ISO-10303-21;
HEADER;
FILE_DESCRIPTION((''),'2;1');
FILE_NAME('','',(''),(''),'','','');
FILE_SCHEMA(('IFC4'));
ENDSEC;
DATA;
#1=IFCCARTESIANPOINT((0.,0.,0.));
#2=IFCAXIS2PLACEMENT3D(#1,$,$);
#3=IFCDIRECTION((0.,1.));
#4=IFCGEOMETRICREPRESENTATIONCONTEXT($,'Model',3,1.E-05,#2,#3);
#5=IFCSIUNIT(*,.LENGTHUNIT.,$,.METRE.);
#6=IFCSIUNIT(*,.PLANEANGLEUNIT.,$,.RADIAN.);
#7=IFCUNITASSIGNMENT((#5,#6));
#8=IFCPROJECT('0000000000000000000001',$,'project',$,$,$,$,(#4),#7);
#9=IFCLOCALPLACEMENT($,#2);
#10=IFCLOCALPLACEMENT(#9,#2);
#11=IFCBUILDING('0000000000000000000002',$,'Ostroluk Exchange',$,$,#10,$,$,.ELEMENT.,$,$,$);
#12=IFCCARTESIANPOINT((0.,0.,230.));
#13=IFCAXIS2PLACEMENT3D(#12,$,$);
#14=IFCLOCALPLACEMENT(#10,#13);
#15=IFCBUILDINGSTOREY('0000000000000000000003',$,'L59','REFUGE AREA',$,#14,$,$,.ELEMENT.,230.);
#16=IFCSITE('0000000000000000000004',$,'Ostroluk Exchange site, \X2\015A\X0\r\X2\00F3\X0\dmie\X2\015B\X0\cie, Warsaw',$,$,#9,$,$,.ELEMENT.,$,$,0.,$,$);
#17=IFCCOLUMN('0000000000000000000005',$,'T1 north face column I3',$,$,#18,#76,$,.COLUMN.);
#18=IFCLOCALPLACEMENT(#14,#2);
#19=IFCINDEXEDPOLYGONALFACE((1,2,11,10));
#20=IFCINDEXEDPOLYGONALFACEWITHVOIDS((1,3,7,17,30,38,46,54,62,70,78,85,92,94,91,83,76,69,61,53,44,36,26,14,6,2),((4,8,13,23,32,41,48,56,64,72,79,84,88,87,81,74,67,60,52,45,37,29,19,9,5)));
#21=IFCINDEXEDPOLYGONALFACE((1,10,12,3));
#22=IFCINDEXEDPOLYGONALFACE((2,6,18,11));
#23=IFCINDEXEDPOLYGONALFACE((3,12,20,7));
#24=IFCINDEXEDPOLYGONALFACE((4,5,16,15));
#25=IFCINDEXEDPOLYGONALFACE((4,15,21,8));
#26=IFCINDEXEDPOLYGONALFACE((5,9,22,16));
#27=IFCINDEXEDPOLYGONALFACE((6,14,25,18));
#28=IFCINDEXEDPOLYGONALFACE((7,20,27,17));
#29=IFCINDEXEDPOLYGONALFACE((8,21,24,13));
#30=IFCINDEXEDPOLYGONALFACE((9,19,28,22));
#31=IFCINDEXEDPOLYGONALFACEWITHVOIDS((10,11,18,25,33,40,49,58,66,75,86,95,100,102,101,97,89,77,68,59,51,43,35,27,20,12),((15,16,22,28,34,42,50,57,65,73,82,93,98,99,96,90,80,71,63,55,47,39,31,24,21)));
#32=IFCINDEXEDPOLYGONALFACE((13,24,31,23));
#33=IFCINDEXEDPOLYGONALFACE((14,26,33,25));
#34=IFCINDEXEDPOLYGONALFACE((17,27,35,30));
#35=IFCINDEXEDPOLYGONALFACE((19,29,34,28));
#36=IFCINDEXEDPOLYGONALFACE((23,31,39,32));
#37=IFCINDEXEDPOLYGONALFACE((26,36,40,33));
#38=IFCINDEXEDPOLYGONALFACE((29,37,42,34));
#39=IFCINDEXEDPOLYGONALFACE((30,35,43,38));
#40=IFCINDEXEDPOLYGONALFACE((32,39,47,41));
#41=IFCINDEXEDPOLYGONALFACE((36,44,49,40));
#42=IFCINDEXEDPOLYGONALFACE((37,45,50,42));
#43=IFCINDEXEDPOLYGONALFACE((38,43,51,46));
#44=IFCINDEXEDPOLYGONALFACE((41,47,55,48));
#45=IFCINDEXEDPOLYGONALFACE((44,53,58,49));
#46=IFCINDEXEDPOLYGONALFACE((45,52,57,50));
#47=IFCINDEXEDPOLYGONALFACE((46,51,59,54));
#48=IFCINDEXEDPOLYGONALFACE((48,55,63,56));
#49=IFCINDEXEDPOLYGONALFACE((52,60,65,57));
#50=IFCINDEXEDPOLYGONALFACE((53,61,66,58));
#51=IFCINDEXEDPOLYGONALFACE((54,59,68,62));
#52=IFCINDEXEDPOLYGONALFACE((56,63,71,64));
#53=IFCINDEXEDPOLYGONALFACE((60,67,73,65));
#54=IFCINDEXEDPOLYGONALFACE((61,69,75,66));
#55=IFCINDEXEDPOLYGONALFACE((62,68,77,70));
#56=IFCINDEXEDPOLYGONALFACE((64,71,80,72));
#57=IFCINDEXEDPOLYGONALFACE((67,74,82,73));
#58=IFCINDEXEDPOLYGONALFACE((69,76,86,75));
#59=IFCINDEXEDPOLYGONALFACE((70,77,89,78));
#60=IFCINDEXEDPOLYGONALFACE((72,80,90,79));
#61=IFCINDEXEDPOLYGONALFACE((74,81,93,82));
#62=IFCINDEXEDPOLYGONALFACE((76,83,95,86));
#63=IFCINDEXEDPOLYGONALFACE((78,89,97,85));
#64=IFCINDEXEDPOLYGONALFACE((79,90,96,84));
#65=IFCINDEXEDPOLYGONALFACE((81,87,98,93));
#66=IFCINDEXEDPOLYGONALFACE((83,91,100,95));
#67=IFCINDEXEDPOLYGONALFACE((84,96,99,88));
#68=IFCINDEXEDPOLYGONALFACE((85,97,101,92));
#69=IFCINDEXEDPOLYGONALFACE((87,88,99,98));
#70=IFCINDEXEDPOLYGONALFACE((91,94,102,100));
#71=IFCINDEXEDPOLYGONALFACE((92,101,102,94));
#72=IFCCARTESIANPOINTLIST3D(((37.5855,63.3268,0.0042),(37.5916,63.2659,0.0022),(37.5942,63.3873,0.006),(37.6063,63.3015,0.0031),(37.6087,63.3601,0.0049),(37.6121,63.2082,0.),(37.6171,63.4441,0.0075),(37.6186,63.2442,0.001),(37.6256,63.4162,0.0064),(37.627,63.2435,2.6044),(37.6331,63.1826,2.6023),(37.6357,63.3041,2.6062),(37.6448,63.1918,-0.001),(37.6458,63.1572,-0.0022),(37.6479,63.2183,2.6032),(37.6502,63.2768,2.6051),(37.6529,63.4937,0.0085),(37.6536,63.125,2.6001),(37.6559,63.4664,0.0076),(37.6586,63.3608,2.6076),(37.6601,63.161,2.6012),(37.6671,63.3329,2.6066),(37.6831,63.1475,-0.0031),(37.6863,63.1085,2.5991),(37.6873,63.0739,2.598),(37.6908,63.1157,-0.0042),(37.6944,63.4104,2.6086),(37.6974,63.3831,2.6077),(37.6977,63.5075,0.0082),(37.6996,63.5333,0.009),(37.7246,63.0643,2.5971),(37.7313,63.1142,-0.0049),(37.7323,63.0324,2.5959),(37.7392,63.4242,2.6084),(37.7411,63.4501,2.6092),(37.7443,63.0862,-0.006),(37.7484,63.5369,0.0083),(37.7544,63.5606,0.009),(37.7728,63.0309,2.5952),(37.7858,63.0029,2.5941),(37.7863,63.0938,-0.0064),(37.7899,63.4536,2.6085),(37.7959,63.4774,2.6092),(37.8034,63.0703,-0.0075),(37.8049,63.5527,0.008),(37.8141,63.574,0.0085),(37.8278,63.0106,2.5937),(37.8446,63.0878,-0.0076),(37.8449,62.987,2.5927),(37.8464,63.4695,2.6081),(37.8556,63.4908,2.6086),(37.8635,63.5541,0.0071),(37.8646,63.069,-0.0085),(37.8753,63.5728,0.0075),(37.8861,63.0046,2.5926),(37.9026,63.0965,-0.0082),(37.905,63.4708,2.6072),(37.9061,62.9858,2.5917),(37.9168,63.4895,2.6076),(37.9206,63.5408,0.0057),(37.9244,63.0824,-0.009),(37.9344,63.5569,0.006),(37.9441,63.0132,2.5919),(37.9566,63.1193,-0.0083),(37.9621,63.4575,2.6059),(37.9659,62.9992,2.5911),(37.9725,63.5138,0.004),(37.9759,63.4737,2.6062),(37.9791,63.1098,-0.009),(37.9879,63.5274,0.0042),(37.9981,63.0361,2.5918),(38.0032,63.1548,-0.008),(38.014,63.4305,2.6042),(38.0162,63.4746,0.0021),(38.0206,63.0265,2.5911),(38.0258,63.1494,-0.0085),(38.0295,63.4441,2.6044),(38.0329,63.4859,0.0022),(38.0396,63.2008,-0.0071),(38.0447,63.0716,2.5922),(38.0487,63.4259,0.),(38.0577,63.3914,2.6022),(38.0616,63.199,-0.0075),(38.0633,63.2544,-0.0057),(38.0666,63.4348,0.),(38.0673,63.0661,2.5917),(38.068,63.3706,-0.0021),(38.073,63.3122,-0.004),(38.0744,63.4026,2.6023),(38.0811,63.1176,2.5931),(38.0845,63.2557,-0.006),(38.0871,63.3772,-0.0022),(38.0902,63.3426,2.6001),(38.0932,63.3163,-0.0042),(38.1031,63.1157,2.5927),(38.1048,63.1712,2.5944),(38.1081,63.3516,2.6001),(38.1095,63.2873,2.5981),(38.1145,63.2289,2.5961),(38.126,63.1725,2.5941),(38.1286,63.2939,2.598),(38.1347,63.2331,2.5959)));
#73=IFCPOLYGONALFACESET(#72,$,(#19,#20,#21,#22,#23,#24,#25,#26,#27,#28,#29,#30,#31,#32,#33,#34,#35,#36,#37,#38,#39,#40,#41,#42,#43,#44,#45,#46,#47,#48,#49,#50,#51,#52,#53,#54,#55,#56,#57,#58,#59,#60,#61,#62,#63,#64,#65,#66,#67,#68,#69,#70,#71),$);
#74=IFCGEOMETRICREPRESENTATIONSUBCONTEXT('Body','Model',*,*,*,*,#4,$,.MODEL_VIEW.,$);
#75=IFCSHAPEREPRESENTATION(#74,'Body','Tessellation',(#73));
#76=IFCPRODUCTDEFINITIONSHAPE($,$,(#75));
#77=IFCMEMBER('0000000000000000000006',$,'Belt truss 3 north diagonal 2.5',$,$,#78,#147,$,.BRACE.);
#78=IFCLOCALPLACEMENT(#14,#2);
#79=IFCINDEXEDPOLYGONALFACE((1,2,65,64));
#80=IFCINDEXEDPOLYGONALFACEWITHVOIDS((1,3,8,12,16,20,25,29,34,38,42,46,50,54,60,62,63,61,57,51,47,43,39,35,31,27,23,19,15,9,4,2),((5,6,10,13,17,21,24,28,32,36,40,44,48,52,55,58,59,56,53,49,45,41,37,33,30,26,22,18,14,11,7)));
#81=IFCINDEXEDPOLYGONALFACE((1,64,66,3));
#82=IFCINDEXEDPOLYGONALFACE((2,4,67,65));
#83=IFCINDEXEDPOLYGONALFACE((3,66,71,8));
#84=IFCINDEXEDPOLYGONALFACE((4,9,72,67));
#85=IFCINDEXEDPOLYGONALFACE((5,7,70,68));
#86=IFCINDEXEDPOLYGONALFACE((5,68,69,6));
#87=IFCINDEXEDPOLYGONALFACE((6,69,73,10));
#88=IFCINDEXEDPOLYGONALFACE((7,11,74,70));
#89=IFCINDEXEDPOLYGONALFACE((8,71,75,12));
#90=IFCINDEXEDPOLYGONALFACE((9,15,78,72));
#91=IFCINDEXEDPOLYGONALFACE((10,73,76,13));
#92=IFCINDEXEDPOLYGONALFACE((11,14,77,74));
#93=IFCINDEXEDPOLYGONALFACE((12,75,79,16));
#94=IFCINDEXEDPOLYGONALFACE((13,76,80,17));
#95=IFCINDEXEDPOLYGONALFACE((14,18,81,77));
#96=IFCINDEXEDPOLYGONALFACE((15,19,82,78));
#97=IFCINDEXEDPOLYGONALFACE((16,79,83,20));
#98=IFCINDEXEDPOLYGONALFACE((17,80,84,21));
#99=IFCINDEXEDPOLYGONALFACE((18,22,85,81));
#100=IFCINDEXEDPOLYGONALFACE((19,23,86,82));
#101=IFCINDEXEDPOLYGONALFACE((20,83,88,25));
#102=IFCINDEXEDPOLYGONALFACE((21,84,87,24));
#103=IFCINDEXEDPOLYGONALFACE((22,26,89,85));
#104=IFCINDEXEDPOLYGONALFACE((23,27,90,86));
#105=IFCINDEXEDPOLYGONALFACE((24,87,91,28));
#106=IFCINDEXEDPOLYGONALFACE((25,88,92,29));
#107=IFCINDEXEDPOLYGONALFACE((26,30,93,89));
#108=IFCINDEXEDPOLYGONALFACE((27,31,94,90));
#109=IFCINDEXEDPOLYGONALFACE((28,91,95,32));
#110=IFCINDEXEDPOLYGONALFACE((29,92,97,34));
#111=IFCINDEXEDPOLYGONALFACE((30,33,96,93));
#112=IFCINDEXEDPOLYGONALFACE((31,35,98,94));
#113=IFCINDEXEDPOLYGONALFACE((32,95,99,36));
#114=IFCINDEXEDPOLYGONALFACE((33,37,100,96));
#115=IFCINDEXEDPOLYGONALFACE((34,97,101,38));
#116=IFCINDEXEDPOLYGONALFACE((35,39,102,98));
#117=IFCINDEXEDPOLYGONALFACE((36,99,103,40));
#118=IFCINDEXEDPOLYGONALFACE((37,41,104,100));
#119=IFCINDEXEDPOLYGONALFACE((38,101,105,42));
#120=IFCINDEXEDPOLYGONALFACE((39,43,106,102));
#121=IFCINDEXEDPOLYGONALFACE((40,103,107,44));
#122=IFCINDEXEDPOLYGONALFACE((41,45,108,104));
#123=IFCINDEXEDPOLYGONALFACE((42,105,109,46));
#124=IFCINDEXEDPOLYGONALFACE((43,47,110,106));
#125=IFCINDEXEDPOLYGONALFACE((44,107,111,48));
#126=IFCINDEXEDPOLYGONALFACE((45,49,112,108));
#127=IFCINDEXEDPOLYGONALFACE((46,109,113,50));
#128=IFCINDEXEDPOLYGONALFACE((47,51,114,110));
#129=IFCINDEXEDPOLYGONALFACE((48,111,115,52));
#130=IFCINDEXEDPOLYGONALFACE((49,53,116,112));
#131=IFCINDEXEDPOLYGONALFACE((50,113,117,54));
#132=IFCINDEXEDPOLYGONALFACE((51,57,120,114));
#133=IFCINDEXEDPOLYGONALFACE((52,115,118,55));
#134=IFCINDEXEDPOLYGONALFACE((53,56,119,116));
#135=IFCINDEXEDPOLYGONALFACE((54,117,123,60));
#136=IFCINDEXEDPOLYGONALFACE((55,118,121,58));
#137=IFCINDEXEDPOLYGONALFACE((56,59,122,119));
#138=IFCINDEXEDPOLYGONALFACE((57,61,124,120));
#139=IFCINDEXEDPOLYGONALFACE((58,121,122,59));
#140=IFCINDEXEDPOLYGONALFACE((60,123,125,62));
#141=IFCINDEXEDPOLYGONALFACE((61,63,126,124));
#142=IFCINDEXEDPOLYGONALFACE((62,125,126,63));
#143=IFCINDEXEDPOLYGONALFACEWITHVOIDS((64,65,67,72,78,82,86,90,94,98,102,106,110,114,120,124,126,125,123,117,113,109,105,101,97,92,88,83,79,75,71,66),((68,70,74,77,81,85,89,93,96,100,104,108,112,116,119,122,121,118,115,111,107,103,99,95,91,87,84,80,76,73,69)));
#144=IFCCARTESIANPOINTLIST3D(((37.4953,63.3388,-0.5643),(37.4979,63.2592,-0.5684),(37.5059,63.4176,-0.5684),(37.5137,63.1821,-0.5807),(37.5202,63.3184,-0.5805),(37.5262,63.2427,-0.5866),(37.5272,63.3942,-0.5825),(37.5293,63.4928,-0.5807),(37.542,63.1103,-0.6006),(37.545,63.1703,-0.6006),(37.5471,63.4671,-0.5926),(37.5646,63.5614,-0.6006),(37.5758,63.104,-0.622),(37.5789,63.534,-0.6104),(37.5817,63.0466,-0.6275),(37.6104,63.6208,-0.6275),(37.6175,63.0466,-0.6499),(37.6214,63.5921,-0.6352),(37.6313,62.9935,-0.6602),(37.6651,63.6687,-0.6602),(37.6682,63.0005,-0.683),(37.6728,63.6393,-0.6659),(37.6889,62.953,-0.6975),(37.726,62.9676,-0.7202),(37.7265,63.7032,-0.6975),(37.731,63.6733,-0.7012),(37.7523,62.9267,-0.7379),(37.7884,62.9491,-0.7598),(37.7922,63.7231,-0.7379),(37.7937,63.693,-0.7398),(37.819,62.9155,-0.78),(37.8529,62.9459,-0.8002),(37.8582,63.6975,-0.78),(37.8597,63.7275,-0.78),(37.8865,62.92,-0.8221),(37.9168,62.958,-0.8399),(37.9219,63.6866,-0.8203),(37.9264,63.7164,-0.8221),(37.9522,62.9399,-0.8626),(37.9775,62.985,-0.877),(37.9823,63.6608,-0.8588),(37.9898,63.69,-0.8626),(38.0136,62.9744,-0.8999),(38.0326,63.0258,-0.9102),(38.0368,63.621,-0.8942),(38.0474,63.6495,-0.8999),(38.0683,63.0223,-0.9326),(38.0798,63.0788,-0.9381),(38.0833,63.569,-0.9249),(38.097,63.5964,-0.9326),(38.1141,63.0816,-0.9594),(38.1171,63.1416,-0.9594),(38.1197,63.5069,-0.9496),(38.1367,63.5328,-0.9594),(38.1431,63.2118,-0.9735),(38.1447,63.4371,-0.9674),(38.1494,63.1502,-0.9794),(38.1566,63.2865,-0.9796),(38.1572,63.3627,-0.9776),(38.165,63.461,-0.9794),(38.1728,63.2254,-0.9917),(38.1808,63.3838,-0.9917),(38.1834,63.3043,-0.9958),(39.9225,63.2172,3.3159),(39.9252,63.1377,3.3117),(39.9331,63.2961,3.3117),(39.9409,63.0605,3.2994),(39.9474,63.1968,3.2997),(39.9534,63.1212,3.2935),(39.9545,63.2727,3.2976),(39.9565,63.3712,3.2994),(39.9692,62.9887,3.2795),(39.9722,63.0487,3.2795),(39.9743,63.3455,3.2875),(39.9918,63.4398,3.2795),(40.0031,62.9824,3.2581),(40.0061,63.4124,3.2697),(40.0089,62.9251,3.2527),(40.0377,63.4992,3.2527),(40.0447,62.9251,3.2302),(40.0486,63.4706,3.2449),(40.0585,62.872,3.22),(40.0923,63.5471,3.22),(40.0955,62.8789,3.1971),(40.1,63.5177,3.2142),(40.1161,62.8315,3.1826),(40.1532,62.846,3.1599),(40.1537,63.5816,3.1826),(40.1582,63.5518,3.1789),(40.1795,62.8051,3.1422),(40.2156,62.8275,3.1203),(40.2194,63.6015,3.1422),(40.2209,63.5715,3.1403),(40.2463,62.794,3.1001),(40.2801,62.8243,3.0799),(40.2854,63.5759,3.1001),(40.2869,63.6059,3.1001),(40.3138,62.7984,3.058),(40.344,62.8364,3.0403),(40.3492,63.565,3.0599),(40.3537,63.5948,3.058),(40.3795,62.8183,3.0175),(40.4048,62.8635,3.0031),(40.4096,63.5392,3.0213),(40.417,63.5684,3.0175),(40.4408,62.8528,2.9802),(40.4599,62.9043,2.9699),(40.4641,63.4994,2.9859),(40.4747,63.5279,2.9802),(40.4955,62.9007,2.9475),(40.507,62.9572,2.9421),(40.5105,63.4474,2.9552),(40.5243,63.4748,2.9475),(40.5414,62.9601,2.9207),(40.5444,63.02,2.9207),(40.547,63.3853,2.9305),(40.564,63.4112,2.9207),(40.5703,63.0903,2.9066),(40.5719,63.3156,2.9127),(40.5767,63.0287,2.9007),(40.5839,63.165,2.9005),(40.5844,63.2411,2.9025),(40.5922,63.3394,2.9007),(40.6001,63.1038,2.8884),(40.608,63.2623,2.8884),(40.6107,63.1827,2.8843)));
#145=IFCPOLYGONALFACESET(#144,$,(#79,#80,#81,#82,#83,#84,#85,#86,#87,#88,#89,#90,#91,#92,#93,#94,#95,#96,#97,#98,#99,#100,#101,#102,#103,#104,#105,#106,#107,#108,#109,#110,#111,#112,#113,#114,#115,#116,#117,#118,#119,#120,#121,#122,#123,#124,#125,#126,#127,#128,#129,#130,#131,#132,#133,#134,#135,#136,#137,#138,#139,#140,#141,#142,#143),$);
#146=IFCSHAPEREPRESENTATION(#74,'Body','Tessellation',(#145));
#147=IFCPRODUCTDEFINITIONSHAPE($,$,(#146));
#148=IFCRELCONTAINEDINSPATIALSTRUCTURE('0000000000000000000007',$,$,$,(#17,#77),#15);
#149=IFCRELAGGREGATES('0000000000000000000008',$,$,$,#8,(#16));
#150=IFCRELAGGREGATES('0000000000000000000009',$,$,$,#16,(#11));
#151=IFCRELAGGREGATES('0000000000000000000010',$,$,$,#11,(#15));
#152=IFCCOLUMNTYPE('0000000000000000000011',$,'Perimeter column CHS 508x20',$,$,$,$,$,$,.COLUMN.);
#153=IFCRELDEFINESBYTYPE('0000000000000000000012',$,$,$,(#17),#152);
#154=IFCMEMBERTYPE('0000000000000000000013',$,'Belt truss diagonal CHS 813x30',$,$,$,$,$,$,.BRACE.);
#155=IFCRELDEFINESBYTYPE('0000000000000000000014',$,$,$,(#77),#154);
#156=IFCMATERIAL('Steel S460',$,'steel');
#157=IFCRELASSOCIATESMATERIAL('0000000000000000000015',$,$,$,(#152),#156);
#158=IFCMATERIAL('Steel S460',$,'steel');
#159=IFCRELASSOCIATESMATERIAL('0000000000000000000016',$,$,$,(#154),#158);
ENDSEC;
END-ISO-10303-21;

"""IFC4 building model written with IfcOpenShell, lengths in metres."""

from ifc_helpers import new_model, si_unit, direction, frame, origin, origin_2d, place, context, subcontext, project, spatial, hollow_circle, extrude, material, material_profile, profile_set, type_object, element, save


model = new_model("IFC4")

# Units and contexts
model_context = context("Model", 3, precision=1e-05, world=origin(), true_north=direction((0.0, 1.0)))
body_context = subcontext(model_context, "Body", "Model", "MODEL_VIEW")
ifc_project = project(units=[si_unit("LENGTHUNIT", "METRE"), si_unit("PLANEANGLEUNIT", "RADIAN")], contexts=[model_context])

# Site, building, storey
site_placement = place(None, origin())
site = spatial("IfcSite", under=ifc_project, at=site_placement, Name="Ostroluk Exchange site, Śródmieście, Warsaw", CompositionType="ELEMENT", RefElevation=0.0)
building_placement = place(site_placement, origin())
building = spatial("IfcBuilding", under=site, at=building_placement, Name="Ostroluk Exchange", CompositionType="ELEMENT")
storey_placement = place(building_placement, frame((0.0, 0.0, 230.0)))
storey = spatial("IfcBuildingStorey", under=building, at=storey_placement, Name="L59", Description="REFUGE AREA", CompositionType="ELEMENT", Elevation=230.0)

# Column
ifc_material_1 = material(Name="Steel S460", Category="steel")
ifc_material_profile_1 = material_profile(ifc_material_1, hollow_circle(Radius=0.2539, WallThickness=0.02, at=origin_2d()), Name="CHS 508x20")
ifc_profile_set_1 = profile_set([ifc_material_profile_1], Name="Steel S460")
column_type = type_object("IfcColumnType", Name="Perimeter column CHS 508x20", PredefinedType="COLUMN", material=ifc_profile_set_1)
column_placement = place(storey_placement, frame((37.8394, 63.3215, 0.0), z_axis=(0.015952, -0.031998, 0.999361), x_axis=(0.894951, 0.446163, 0.0)))
element("IfcColumn", 1, at=column_placement, inside=storey, type_object=column_type, Name="T1 north face column I3", PredefinedType="COLUMN", context=body_context, shape_type="SweptSolid", body=[
    extrude(hollow_circle(Radius=0.2539, WallThickness=0.02, at=origin_2d()), origin(), (0.0, 0.0, 1.0), 2.6018),
])

# Member
ifc_material_2 = material(Name="Steel S460", Category="steel")
ifc_material_profile_2 = material_profile(ifc_material_2, hollow_circle(Radius=0.4065, WallThickness=0.03, at=origin_2d()), Name="CHS 813x30")
ifc_profile_set_2 = profile_set([ifc_material_profile_2], Name="Steel S460")
member_type_1 = type_object("IfcMemberType", Name="Belt truss diagonal CHS 813x30", PredefinedType="BRACE", material=ifc_profile_set_2)
member_1_placement = place(storey_placement, frame((37.8394, 63.3215, -0.78), z_axis=(0.530152, -0.026556, 0.847486), x_axis=(0.050028, 0.998748, 0.0)))
element("IfcMember", 2, at=member_1_placement, inside=storey, type_object=member_type_1, Name="Belt truss 3 north diagonal 2.5", PredefinedType="BRACE", context=body_context, shape_type="SweptSolid", body=[
    extrude(hollow_circle(Radius=0.4065, WallThickness=0.03, at=origin_2d()), origin(), (0.0, 0.0, 1.0), 4.5784),
])

save(model, "model.ifc")
